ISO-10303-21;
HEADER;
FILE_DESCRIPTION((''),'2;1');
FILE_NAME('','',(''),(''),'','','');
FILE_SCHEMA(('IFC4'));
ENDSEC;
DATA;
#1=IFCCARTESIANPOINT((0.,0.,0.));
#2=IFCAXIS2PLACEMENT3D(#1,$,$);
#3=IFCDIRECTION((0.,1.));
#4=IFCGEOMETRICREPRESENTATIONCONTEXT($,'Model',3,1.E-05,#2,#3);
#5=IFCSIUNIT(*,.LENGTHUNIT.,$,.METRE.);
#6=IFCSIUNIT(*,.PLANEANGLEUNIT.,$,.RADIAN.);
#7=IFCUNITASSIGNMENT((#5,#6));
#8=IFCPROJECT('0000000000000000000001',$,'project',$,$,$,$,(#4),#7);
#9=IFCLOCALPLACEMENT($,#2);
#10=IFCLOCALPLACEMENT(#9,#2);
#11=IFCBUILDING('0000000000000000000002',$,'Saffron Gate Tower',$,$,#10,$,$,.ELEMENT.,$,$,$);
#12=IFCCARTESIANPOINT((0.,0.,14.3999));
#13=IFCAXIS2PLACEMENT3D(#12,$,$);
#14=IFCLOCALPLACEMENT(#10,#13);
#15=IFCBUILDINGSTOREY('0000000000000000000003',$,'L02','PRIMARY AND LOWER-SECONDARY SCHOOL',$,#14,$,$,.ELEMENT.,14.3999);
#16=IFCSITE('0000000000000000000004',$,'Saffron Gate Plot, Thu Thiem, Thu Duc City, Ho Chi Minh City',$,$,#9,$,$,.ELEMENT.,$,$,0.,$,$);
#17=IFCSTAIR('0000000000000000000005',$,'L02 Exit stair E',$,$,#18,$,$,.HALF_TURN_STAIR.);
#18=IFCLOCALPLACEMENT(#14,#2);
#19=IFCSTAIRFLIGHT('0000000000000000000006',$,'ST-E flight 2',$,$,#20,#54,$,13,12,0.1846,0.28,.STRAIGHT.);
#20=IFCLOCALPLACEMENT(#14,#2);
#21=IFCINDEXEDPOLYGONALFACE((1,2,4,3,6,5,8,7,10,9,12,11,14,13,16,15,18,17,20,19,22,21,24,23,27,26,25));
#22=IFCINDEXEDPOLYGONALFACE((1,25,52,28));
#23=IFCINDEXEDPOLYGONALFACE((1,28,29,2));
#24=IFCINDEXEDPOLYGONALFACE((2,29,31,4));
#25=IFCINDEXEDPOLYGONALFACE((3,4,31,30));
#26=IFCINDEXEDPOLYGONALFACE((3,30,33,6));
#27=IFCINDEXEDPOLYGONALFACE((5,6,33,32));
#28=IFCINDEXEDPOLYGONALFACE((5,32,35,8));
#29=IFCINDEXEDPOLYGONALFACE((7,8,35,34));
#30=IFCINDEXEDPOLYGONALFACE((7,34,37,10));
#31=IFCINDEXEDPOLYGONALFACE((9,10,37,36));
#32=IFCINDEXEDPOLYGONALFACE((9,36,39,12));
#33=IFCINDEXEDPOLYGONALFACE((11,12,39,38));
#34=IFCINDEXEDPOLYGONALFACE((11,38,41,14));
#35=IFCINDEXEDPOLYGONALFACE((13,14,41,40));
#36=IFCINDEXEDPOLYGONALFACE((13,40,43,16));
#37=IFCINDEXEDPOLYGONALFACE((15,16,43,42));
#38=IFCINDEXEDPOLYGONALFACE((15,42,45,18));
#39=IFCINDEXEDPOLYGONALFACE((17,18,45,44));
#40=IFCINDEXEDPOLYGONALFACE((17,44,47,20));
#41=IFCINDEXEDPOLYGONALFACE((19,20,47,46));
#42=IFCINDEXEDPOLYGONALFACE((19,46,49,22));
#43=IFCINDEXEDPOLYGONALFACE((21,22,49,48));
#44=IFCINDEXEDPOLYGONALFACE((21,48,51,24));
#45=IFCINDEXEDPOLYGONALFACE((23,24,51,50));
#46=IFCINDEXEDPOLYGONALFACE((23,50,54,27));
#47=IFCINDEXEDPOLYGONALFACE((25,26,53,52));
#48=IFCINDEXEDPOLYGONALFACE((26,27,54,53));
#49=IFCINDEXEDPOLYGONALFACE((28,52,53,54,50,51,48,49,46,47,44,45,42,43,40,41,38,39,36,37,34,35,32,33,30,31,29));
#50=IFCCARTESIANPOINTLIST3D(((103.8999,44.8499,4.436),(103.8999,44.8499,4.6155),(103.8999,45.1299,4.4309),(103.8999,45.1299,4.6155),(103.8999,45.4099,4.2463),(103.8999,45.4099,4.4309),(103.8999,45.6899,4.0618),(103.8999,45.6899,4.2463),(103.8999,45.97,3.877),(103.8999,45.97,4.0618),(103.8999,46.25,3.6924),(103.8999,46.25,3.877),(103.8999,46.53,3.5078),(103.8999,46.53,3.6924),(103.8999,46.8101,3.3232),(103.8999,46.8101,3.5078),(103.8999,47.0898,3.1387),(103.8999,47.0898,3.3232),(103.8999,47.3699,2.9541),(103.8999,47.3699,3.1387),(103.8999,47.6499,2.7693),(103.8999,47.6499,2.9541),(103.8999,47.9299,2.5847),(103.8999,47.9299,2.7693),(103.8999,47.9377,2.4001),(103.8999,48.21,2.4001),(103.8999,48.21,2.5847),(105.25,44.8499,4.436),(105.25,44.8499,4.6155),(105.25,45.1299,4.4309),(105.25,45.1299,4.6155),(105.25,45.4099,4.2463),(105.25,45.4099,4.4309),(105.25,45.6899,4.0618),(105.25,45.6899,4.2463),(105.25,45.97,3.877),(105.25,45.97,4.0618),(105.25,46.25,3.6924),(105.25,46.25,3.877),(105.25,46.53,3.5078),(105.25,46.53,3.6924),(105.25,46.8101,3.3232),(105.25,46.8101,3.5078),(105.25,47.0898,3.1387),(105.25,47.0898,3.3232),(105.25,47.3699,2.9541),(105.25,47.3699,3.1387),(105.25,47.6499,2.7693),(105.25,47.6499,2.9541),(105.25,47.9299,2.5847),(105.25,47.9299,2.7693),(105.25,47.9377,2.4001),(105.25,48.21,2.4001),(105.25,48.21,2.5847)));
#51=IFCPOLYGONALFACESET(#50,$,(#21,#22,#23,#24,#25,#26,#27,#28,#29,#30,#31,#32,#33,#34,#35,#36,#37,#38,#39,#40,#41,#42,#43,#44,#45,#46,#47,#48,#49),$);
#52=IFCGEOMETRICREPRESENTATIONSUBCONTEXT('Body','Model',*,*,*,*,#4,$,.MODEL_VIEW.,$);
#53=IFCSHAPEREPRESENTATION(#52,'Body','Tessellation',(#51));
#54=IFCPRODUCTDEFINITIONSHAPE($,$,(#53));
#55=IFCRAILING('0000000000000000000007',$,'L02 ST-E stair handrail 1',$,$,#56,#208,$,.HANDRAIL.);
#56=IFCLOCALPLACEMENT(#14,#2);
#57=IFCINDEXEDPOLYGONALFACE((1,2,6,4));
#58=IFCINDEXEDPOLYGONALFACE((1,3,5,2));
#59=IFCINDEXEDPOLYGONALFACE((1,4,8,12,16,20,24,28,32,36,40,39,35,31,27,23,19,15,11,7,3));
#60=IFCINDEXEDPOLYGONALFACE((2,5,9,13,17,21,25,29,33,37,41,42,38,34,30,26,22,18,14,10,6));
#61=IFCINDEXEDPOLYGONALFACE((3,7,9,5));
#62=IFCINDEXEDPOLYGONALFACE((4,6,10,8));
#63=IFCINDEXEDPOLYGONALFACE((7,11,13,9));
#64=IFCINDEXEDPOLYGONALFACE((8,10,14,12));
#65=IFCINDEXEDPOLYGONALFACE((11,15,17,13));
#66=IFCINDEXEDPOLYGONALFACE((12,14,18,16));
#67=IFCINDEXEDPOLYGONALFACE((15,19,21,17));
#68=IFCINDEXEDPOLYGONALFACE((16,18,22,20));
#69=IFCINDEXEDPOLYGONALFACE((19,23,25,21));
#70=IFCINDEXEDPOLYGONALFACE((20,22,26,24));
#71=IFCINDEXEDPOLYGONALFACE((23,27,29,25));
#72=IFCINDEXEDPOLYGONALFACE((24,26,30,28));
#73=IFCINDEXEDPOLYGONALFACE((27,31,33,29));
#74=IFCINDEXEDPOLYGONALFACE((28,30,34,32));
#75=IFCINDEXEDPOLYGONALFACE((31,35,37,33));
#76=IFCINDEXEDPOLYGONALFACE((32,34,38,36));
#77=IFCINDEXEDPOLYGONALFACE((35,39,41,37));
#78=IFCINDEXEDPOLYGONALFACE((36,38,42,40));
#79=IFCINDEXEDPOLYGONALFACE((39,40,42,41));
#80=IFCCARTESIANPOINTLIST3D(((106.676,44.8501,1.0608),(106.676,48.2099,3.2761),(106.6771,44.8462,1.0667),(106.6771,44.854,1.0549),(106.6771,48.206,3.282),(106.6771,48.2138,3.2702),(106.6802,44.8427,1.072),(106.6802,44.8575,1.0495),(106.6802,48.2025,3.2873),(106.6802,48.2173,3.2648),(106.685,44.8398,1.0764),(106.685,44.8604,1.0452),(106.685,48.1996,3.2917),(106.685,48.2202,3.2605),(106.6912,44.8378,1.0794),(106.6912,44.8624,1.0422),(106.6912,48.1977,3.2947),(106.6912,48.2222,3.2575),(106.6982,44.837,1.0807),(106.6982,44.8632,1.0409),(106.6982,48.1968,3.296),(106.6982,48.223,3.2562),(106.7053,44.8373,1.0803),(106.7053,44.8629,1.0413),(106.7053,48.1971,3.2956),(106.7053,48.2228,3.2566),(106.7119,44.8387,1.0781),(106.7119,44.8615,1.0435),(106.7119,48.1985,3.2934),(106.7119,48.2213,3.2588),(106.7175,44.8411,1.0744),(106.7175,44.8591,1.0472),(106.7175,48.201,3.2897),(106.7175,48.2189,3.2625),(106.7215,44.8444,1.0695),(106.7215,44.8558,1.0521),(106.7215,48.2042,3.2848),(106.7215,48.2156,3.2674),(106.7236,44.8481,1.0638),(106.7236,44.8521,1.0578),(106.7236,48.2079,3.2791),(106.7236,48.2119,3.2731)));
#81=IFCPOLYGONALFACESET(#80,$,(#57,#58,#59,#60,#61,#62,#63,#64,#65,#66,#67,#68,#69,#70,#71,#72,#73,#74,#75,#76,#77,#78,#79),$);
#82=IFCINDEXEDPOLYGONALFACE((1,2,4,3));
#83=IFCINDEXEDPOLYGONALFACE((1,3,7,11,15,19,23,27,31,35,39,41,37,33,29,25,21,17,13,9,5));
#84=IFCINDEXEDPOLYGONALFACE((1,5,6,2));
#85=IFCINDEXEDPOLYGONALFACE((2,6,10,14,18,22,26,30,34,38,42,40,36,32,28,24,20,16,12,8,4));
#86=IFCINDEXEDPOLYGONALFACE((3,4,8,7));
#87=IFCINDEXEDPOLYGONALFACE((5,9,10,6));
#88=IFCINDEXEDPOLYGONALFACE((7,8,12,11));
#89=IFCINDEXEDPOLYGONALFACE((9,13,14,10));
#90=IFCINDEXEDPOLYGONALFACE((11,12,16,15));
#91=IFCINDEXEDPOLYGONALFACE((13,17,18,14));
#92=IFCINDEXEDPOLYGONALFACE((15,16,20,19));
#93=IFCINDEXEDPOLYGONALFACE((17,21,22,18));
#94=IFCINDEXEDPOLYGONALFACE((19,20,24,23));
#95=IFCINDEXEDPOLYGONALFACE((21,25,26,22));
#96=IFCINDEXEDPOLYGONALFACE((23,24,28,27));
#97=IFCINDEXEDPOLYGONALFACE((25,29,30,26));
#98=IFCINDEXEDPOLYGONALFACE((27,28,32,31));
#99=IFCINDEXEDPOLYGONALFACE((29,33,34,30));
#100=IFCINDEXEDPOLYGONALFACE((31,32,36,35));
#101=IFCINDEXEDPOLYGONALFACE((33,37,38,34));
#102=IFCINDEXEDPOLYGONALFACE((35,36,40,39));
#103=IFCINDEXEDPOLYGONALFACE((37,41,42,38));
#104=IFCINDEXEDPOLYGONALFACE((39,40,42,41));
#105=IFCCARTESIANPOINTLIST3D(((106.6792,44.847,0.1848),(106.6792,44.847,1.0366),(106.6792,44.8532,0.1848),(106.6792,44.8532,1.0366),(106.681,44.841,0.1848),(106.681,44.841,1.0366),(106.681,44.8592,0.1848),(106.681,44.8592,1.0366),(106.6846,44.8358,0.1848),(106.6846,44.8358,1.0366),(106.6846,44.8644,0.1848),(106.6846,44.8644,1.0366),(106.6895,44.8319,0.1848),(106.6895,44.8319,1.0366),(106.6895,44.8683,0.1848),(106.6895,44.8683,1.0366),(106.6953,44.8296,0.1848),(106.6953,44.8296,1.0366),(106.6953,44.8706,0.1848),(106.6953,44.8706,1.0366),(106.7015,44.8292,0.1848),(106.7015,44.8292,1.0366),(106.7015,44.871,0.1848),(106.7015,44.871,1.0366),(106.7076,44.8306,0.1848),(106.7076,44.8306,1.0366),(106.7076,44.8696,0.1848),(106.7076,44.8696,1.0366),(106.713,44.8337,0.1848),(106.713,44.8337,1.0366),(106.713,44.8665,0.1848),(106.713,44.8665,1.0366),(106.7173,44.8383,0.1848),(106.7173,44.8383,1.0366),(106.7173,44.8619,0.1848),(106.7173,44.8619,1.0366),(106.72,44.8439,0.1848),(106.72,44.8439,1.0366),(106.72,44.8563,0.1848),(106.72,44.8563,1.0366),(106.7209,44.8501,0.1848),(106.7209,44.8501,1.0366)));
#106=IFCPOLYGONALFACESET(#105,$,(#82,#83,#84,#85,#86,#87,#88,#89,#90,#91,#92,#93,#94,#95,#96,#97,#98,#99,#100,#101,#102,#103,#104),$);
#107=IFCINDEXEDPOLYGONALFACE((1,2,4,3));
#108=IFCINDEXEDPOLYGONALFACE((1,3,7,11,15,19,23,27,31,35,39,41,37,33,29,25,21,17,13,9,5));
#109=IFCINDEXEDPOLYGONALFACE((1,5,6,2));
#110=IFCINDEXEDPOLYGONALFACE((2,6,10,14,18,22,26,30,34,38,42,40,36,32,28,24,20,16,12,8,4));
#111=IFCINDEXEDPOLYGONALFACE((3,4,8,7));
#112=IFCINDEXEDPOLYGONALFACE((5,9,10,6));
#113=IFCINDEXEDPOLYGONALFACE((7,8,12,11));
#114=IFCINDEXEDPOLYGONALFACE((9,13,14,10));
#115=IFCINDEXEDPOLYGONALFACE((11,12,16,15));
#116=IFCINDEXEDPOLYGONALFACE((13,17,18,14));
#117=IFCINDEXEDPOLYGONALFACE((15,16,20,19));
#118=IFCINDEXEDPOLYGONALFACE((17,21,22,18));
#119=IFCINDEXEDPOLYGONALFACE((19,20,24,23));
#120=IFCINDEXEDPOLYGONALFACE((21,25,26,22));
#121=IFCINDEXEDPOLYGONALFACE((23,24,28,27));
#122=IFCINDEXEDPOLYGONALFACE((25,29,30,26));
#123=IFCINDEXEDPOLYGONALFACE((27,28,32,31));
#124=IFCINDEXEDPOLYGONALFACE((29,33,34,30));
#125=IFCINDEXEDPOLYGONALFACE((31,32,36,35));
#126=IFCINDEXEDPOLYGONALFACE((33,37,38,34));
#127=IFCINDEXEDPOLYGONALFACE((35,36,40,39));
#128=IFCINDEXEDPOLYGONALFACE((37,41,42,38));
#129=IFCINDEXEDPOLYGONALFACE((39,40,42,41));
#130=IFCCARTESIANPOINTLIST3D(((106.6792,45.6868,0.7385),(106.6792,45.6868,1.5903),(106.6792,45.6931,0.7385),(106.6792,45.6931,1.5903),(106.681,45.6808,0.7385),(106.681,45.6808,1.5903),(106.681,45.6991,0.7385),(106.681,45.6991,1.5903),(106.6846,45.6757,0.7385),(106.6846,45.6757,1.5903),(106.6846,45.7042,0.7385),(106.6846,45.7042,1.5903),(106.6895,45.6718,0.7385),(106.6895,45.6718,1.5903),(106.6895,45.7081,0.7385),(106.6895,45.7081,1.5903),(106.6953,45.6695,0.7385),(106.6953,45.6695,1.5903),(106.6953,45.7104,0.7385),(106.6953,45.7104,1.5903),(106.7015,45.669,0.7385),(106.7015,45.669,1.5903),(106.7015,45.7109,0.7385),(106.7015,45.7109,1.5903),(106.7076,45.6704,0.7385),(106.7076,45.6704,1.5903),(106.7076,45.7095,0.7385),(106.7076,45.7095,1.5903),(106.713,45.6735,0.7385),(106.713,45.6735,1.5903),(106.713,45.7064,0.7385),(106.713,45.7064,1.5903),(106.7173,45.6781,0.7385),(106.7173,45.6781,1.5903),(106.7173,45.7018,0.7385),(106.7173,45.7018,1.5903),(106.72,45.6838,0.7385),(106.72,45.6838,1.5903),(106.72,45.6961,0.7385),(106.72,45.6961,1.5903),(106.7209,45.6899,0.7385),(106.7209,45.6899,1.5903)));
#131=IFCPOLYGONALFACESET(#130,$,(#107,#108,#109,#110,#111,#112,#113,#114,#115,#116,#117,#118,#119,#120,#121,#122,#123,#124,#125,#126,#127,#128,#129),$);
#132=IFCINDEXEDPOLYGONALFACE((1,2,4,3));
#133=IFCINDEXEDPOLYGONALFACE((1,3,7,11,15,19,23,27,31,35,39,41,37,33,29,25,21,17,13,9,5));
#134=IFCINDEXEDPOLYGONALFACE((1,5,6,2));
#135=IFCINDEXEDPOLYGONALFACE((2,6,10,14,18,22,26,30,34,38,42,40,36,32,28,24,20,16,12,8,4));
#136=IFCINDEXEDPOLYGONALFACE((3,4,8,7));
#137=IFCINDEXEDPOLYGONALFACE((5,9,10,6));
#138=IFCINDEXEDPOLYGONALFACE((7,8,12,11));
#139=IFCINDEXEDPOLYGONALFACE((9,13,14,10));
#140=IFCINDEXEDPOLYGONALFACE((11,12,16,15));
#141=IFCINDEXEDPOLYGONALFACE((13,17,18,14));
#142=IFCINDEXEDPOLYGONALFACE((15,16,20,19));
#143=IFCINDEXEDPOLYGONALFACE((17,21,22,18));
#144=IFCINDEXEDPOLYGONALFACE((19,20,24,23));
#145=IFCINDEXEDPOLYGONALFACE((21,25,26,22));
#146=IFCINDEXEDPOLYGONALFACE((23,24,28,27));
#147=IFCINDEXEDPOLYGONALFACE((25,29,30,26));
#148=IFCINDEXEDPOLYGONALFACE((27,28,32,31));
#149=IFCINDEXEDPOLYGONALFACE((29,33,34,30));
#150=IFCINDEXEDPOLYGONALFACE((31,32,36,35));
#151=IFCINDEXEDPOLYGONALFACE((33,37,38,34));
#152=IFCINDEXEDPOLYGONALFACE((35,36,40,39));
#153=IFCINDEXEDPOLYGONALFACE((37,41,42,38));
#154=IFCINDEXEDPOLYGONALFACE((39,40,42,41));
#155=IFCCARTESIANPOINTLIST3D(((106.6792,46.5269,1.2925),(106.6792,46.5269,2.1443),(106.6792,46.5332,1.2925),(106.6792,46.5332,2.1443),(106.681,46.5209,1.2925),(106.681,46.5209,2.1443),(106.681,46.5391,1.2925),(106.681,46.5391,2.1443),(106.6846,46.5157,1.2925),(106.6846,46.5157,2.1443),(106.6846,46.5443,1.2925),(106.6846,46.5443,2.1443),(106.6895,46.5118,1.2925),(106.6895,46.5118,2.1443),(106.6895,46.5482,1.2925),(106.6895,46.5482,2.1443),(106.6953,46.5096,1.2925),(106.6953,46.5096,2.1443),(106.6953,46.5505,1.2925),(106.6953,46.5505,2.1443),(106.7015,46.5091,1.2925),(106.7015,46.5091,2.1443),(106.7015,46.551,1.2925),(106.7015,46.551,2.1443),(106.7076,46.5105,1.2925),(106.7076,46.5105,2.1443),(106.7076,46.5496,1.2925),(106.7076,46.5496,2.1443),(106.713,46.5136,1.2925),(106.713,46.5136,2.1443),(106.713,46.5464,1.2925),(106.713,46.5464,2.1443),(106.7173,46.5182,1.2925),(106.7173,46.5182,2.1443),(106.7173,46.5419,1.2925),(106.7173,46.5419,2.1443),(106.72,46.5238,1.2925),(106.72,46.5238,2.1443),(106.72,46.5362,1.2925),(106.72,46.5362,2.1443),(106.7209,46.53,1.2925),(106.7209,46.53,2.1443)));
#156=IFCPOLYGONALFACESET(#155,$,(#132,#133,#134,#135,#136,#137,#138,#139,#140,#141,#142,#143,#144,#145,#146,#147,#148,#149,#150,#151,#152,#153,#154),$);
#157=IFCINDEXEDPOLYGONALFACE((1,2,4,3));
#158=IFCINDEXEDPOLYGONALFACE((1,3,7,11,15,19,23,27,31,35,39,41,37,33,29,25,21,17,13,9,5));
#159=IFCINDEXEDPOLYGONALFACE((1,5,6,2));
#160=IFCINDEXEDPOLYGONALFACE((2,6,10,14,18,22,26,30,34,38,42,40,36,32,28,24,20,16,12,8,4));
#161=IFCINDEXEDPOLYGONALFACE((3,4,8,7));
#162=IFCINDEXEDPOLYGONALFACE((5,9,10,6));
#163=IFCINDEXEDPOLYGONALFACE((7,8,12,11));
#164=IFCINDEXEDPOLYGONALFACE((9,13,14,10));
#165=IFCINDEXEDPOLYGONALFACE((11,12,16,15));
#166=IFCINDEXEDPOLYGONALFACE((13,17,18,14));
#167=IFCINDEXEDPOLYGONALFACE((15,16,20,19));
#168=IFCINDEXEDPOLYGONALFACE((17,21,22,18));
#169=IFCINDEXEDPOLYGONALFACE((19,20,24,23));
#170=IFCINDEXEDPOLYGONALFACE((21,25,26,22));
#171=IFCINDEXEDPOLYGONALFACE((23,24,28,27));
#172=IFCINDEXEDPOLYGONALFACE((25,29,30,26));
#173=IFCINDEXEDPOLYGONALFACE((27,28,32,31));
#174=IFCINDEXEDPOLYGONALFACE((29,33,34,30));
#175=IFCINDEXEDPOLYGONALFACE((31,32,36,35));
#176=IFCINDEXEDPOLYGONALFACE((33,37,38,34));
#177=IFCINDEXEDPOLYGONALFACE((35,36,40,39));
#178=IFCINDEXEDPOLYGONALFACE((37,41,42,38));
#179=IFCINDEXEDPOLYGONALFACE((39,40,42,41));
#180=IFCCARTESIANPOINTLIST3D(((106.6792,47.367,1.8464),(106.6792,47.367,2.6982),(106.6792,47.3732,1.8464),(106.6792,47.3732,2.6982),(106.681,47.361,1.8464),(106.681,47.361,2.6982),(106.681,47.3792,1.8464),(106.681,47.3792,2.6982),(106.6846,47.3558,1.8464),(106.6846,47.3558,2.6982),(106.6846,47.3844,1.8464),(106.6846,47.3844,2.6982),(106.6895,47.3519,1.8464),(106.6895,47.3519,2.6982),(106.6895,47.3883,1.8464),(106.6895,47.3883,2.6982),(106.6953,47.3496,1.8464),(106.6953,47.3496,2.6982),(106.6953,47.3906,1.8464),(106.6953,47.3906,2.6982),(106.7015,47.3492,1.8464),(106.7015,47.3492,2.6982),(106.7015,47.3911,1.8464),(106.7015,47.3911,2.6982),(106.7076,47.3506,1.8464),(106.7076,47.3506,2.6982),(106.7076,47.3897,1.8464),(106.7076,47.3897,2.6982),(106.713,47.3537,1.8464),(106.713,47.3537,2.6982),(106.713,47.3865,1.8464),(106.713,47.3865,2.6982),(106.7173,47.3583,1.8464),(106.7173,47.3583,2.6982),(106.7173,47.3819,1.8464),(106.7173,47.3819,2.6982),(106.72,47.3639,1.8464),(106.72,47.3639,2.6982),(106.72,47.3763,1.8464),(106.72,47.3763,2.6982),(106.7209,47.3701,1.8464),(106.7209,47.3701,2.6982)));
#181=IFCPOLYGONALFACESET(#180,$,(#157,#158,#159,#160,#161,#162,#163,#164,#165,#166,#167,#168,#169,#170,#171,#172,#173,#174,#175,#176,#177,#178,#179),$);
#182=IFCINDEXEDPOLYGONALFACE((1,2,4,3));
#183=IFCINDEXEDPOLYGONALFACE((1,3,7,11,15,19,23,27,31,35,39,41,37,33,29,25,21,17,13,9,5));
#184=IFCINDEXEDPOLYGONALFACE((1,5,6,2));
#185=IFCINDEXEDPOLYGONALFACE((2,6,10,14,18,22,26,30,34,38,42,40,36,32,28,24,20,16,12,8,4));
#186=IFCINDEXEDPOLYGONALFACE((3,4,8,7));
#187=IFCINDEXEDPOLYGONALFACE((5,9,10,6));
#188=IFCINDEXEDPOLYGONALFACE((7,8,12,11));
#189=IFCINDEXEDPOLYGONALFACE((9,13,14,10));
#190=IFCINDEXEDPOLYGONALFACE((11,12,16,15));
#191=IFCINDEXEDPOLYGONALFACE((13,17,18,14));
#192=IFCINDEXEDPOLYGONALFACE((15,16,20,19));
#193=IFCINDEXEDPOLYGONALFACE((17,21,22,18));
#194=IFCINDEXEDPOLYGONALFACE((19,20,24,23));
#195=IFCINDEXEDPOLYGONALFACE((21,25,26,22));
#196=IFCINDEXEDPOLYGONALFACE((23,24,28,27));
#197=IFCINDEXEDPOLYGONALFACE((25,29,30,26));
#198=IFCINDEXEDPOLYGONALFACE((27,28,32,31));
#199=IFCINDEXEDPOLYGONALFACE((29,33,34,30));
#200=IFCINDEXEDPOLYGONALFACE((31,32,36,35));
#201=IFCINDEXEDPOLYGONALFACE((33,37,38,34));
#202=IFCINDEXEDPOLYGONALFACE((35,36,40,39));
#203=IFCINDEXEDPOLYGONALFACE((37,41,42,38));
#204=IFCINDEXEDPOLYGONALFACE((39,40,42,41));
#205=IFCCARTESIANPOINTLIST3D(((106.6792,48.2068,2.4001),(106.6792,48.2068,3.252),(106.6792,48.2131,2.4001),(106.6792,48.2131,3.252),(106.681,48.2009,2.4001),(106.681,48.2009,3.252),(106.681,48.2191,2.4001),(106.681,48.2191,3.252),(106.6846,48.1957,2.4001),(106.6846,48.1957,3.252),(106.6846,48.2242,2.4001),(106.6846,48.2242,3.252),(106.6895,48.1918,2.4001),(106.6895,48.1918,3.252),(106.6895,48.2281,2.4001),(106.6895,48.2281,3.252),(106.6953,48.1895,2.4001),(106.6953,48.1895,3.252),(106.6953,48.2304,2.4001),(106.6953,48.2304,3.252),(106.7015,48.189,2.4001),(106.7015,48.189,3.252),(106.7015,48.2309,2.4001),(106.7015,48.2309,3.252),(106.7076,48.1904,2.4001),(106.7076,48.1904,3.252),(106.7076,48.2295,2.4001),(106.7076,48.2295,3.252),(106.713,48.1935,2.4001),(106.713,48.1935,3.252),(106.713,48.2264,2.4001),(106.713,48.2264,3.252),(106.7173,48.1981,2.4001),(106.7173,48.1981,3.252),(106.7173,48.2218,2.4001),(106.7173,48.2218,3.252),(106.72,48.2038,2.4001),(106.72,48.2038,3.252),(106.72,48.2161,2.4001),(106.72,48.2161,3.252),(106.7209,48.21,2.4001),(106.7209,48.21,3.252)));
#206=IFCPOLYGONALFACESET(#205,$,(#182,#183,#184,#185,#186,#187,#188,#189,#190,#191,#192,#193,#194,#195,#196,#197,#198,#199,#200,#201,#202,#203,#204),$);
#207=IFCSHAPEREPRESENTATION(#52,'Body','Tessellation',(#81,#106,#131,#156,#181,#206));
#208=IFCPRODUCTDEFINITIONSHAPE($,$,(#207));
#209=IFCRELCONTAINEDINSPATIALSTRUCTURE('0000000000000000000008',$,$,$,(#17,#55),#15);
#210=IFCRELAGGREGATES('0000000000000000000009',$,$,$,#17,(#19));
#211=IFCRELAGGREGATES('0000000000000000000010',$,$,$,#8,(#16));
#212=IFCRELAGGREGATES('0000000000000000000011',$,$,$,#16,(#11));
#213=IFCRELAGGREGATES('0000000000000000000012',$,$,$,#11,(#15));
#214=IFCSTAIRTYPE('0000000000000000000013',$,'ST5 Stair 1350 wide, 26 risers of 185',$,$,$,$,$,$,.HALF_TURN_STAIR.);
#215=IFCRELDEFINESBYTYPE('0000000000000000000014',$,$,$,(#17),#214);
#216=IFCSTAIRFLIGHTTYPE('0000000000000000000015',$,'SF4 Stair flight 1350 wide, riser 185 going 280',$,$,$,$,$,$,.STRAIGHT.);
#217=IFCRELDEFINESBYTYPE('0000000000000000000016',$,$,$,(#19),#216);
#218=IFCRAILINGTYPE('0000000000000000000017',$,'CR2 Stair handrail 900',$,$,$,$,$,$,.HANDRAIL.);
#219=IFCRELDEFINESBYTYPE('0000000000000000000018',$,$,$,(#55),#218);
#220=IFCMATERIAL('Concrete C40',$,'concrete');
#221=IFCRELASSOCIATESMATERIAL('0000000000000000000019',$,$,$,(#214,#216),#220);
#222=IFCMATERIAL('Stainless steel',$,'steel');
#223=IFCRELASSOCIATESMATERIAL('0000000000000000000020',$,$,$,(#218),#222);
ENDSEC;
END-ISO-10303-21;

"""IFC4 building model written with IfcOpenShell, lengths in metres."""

from ifc_helpers import new_model, si_unit, direction, frame, origin, origin_2d, place, context, subcontext, project, spatial, polyline, circle, outline, extrude, material, type_object, element, aggregate, save


model = new_model("IFC4")

# Units and contexts
model_context = context("Model", 3, precision=1e-05, world=origin(), true_north=direction((0.0, 1.0)))
body_context = subcontext(model_context, "Body", "Model", "MODEL_VIEW")
ifc_project = project(units=[si_unit("LENGTHUNIT", "METRE"), si_unit("PLANEANGLEUNIT", "RADIAN")], contexts=[model_context])

# Site, building, storey
site_placement = place(None, origin())
site = spatial("IfcSite", under=ifc_project, at=site_placement, Name="Saffron Gate Plot, Thu Thiem, Thu Duc City, Ho Chi Minh City", CompositionType="ELEMENT", RefElevation=0.0)
building_placement = place(site_placement, origin())
building = spatial("IfcBuilding", under=site, at=building_placement, Name="Saffron Gate Tower", CompositionType="ELEMENT")
storey_placement = place(building_placement, frame((0.0, 0.0, 14.3999)))
storey = spatial("IfcBuildingStorey", under=building, at=storey_placement, Name="L02", Description="PRIMARY AND LOWER-SECONDARY SCHOOL", CompositionType="ELEMENT", Elevation=14.3999)

# Stair, stair flight
ifc_material_1 = material(Name="Concrete C40", Category="concrete")
stair_type = type_object("IfcStairType", Name="ST5 Stair 1350 wide, 26 risers of 185", PredefinedType="HALF_TURN_STAIR", material=ifc_material_1)
stair_placement = place(storey_placement, origin())
stair = element("IfcStair", 1, at=stair_placement, inside=storey, type_object=stair_type, Name="L02 Exit stair E", PredefinedType="HALF_TURN_STAIR")
stair_flight_type = type_object("IfcStairFlightType", Name="SF4 Stair flight 1350 wide, riser 185 going 280", PredefinedType="STRAIGHT", material=ifc_material_1)
stair_flight_1_placement = place(storey_placement, frame((104.575, 48.21, 2.4001), z_axis=(0.0, 0.0, 1.0), x_axis=(0.0, -1.0, 0.0)))
stair_flight_1 = element("IfcStairFlight", 2, at=stair_flight_1_placement, type_object=stair_flight_type, Name="ST-E flight 2", NumberOfRisers=13, NumberOfTreads=12, PredefinedType="STRAIGHT", RiserHeight=0.1846, TreadLength=0.28, context=body_context, shape_type="SweptSolid", body=[
    extrude(outline(polyline([(0.0, 0.0), (0.0, 0.1846), (0.28, 0.1846), (0.28, 0.3691), (0.5601, 0.3691), (0.5601, 0.554), (0.8401, 0.554), (0.8401, 0.7385), (1.1201, 0.7385), (1.1201, 0.9231), (1.3999, 0.9231), (1.3999, 1.1077), (1.6799, 1.1077), (1.6799, 1.2922), (1.96, 1.2922), (1.96, 1.4768), (2.24, 1.4768), (2.24, 1.6616), (2.52, 1.6616), (2.52, 1.8462), (2.8, 1.8462), (2.8, 2.0308), (3.0801, 2.0308), (3.0801, 2.2153), (3.3601, 2.2153), (3.3601, 2.3999), (3.3601, 2.0359), (0.2722, 0.0), (0.0, 0.0)])), frame((0.0, 0.675, 0.0), z_axis=(0.0, -1.0, 0.0), x_axis=(1.0, 0.0, 0.0)), (0.0, 0.0, 1.0), 1.3501),
])
aggregate(stair, [stair_flight_1])

# Railing
ifc_material_2 = material(Name="Stainless steel", Category="steel")
railing_type_1 = type_object("IfcRailingType", Name="CR2 Stair handrail 900", PredefinedType="HANDRAIL", material=ifc_material_2)
railing_1_placement = place(storey_placement, frame((106.7, 44.8501, 0.1848)))
element("IfcRailing", 3, at=railing_1_placement, inside=storey, type_object=railing_type_1, Name="L02 ST-E stair handrail 1", PredefinedType="HANDRAIL", context=body_context, shape_type="SweptSolid", body=[
    extrude(circle(Radius=0.0239, at=origin_2d()), frame((0.0, 0.0, 0.876), z_axis=(0.0, 0.834858, 0.550465), x_axis=(-1.0, 0.0, 0.0)), (0.0, 0.0, 1.0), 4.0244),
    extrude(circle(Radius=0.021, at=origin_2d()), origin(), (0.0, 0.0, 1.0), 0.8518),
    extrude(circle(Radius=0.021, at=origin_2d()), frame((0.0, 0.8398, 0.5537)), (0.0, 0.0, 1.0), 0.8518),
    extrude(circle(Radius=0.021, at=origin_2d()), frame((0.0, 1.6799, 1.1077)), (0.0, 0.0, 1.0), 0.8518),
    extrude(circle(Radius=0.021, at=origin_2d()), frame((0.0, 2.52, 1.6616)), (0.0, 0.0, 1.0), 0.8518),
    extrude(circle(Radius=0.021, at=origin_2d()), frame((0.0, 3.3599, 2.2153)), (0.0, 0.0, 1.0), 0.8518),
])

save(model, "model.ifc")
